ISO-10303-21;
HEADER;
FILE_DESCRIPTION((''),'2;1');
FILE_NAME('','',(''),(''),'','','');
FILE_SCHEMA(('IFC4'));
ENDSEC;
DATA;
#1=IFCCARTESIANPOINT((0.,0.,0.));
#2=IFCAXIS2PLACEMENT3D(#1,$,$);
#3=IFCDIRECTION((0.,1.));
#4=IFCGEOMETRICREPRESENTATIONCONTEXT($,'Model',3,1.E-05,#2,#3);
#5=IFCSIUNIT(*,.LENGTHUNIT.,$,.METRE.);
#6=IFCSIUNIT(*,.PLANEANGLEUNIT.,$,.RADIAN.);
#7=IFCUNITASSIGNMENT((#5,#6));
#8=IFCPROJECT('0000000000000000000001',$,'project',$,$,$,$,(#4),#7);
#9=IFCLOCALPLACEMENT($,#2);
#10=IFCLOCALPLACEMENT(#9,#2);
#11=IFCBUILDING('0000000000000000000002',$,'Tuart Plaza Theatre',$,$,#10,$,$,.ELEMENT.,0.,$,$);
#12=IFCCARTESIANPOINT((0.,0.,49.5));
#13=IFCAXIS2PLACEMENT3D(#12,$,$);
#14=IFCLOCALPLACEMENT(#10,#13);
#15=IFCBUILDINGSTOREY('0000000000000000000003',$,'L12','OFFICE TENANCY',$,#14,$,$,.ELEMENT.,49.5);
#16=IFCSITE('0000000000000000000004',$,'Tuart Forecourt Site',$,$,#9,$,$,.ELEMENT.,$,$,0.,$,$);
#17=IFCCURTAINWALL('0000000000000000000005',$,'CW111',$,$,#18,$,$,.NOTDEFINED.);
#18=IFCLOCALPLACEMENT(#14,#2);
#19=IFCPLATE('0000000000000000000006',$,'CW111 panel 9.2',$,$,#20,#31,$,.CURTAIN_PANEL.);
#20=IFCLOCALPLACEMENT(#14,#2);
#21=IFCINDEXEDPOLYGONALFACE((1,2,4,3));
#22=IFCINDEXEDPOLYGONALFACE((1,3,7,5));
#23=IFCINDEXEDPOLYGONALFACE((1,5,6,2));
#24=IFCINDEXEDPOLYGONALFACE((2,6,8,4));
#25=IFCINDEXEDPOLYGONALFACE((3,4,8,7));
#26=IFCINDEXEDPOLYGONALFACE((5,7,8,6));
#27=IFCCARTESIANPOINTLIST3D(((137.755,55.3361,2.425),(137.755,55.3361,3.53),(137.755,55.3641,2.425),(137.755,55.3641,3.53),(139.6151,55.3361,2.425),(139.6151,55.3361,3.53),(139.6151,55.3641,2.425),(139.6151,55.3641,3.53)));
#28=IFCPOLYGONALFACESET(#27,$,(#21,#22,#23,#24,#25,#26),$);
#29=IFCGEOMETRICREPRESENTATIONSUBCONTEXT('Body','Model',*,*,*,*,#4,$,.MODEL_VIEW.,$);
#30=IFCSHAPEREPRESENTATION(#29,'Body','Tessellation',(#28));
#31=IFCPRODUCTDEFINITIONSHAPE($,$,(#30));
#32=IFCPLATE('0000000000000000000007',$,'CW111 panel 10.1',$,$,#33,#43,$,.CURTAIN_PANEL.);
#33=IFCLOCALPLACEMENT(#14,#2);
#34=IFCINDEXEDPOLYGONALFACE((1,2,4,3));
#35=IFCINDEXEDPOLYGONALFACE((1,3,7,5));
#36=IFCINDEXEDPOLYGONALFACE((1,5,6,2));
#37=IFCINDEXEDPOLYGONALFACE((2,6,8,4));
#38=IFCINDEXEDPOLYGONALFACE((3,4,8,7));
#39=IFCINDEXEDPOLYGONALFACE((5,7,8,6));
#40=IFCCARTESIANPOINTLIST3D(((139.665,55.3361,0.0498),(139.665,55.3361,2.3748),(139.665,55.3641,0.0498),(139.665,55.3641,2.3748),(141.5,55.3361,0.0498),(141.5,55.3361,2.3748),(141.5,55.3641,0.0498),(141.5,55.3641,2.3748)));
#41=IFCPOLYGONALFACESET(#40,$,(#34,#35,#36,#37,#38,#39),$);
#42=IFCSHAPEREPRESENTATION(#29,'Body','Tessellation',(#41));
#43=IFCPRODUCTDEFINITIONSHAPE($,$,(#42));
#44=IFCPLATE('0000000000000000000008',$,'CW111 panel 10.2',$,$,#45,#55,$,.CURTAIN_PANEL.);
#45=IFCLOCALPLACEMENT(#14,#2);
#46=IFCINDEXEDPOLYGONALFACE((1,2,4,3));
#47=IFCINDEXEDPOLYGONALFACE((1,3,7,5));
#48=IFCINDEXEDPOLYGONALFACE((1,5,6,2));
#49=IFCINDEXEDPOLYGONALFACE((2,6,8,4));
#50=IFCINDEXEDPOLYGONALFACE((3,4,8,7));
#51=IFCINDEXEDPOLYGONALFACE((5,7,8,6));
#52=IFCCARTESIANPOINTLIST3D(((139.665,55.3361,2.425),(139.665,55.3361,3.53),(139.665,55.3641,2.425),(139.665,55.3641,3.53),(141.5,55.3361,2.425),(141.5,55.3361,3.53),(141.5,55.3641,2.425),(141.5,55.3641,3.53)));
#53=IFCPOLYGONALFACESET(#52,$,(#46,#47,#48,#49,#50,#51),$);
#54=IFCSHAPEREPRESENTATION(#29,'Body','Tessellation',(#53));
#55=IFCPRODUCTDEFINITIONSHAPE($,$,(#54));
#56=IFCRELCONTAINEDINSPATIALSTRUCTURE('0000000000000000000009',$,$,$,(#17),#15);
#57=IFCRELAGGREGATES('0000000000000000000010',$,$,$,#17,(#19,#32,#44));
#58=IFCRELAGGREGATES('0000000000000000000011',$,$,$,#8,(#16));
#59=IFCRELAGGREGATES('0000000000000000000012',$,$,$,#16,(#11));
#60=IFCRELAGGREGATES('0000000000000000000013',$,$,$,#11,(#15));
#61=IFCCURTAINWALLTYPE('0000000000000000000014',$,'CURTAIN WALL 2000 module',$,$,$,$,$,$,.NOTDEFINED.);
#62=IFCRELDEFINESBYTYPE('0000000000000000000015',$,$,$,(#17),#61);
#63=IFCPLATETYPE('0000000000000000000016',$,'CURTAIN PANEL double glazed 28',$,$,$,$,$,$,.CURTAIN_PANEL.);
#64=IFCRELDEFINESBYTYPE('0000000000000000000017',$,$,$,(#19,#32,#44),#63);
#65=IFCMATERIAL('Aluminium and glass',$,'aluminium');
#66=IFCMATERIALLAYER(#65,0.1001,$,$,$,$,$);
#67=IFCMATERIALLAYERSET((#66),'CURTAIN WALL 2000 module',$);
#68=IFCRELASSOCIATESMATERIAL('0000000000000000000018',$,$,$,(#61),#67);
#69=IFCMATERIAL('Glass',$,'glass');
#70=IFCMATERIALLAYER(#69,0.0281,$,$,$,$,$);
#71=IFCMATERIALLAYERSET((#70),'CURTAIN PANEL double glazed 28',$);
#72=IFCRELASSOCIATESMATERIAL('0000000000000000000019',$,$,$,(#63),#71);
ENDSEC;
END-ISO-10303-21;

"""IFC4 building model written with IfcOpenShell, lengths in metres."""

from ifc_helpers import new_model, si_unit, direction, frame, origin, origin_2d, place, context, subcontext, project, spatial, rectangle, extrude, material, layer, layer_set, type_object, element, aggregate, save


model = new_model("IFC4")

# Units and contexts
model_context = context("Model", 3, precision=1e-05, world=origin(), true_north=direction((0.0, 1.0)))
body_context = subcontext(model_context, "Body", "Model", "MODEL_VIEW")
ifc_project = project(units=[si_unit("LENGTHUNIT", "METRE"), si_unit("PLANEANGLEUNIT", "RADIAN")], contexts=[model_context])

# Site, building, storey
site_placement = place(None, origin())
site = spatial("IfcSite", under=ifc_project, at=site_placement, Name="Tuart Forecourt Site", CompositionType="ELEMENT", RefElevation=0.0)
building_placement = place(site_placement, origin())
building = spatial("IfcBuilding", under=site, at=building_placement, Name="Tuart Plaza Theatre", CompositionType="ELEMENT", ElevationOfRefHeight=0.0)
storey_placement = place(building_placement, frame((0.0, 0.0, 49.5)))
storey = spatial("IfcBuildingStorey", under=building, at=storey_placement, Name="L12", Description="OFFICE TENANCY", CompositionType="ELEMENT", Elevation=49.5)

# Shared definitions
ifc_material_1 = material(Name="Aluminium and glass", Category="aluminium")
ifc_layer_1 = layer(ifc_material_1, 0.1001)
ifc_layer_set_1 = layer_set([ifc_layer_1], Name="CURTAIN WALL 2000 module")
curtain_wall_type = type_object("IfcCurtainWallType", Name="CURTAIN WALL 2000 module", PredefinedType="NOTDEFINED", material=ifc_layer_set_1)

# Curtain wall
curtain_wall_1_placement = place(storey_placement, origin())
curtain_wall_1 = element("IfcCurtainWall", 1, at=curtain_wall_1_placement, inside=storey, type_object=curtain_wall_type, Name="CW111", PredefinedType="NOTDEFINED")

# Plates
ifc_material_2 = material(Name="Glass", Category="glass")
ifc_layer_2 = layer(ifc_material_2, 0.0281)
ifc_layer_set_2 = layer_set([ifc_layer_2], Name="CURTAIN PANEL double glazed 28")
plate_type = type_object("IfcPlateType", Name="CURTAIN PANEL double glazed 28", PredefinedType="CURTAIN_PANEL", material=ifc_layer_set_2)
plate_1_placement = place(storey_placement, frame((138.6851, 55.3501, 2.425), z_axis=(0.0, 0.0, 1.0), x_axis=(1.0, 0.0, 0.0)))
plate_1 = element("IfcPlate", 2, at=plate_1_placement, type_object=plate_type, Name="CW111 panel 9.2", PredefinedType="CURTAIN_PANEL", context=body_context, shape_type="SweptSolid", body=[
    extrude(rectangle(XDim=1.8601, YDim=0.0281, at=origin_2d()), origin(), (0.0, 0.0, 1.0), 1.105),
])
plate_2_placement = place(storey_placement, frame((140.5825, 55.3501, 0.0498), z_axis=(0.0, 0.0, 1.0), x_axis=(1.0, 0.0, 0.0)))
plate_2 = element("IfcPlate", 3, at=plate_2_placement, type_object=plate_type, Name="CW111 panel 10.1", PredefinedType="CURTAIN_PANEL", context=body_context, shape_type="SweptSolid", body=[
    extrude(rectangle(XDim=1.835, YDim=0.0281, at=origin_2d()), origin(), (0.0, 0.0, 1.0), 2.325),
])
plate_3_placement = place(storey_placement, frame((140.5825, 55.3501, 2.425), z_axis=(0.0, 0.0, 1.0), x_axis=(1.0, 0.0, 0.0)))
plate_3 = element("IfcPlate", 4, at=plate_3_placement, type_object=plate_type, Name="CW111 panel 10.2", PredefinedType="CURTAIN_PANEL", context=body_context, shape_type="SweptSolid", body=[
    extrude(rectangle(XDim=1.835, YDim=0.0281, at=origin_2d()), origin(), (0.0, 0.0, 1.0), 1.105),
])
aggregate(curtain_wall_1, [plate_1, plate_2, plate_3])

save(model, "model.ifc")
